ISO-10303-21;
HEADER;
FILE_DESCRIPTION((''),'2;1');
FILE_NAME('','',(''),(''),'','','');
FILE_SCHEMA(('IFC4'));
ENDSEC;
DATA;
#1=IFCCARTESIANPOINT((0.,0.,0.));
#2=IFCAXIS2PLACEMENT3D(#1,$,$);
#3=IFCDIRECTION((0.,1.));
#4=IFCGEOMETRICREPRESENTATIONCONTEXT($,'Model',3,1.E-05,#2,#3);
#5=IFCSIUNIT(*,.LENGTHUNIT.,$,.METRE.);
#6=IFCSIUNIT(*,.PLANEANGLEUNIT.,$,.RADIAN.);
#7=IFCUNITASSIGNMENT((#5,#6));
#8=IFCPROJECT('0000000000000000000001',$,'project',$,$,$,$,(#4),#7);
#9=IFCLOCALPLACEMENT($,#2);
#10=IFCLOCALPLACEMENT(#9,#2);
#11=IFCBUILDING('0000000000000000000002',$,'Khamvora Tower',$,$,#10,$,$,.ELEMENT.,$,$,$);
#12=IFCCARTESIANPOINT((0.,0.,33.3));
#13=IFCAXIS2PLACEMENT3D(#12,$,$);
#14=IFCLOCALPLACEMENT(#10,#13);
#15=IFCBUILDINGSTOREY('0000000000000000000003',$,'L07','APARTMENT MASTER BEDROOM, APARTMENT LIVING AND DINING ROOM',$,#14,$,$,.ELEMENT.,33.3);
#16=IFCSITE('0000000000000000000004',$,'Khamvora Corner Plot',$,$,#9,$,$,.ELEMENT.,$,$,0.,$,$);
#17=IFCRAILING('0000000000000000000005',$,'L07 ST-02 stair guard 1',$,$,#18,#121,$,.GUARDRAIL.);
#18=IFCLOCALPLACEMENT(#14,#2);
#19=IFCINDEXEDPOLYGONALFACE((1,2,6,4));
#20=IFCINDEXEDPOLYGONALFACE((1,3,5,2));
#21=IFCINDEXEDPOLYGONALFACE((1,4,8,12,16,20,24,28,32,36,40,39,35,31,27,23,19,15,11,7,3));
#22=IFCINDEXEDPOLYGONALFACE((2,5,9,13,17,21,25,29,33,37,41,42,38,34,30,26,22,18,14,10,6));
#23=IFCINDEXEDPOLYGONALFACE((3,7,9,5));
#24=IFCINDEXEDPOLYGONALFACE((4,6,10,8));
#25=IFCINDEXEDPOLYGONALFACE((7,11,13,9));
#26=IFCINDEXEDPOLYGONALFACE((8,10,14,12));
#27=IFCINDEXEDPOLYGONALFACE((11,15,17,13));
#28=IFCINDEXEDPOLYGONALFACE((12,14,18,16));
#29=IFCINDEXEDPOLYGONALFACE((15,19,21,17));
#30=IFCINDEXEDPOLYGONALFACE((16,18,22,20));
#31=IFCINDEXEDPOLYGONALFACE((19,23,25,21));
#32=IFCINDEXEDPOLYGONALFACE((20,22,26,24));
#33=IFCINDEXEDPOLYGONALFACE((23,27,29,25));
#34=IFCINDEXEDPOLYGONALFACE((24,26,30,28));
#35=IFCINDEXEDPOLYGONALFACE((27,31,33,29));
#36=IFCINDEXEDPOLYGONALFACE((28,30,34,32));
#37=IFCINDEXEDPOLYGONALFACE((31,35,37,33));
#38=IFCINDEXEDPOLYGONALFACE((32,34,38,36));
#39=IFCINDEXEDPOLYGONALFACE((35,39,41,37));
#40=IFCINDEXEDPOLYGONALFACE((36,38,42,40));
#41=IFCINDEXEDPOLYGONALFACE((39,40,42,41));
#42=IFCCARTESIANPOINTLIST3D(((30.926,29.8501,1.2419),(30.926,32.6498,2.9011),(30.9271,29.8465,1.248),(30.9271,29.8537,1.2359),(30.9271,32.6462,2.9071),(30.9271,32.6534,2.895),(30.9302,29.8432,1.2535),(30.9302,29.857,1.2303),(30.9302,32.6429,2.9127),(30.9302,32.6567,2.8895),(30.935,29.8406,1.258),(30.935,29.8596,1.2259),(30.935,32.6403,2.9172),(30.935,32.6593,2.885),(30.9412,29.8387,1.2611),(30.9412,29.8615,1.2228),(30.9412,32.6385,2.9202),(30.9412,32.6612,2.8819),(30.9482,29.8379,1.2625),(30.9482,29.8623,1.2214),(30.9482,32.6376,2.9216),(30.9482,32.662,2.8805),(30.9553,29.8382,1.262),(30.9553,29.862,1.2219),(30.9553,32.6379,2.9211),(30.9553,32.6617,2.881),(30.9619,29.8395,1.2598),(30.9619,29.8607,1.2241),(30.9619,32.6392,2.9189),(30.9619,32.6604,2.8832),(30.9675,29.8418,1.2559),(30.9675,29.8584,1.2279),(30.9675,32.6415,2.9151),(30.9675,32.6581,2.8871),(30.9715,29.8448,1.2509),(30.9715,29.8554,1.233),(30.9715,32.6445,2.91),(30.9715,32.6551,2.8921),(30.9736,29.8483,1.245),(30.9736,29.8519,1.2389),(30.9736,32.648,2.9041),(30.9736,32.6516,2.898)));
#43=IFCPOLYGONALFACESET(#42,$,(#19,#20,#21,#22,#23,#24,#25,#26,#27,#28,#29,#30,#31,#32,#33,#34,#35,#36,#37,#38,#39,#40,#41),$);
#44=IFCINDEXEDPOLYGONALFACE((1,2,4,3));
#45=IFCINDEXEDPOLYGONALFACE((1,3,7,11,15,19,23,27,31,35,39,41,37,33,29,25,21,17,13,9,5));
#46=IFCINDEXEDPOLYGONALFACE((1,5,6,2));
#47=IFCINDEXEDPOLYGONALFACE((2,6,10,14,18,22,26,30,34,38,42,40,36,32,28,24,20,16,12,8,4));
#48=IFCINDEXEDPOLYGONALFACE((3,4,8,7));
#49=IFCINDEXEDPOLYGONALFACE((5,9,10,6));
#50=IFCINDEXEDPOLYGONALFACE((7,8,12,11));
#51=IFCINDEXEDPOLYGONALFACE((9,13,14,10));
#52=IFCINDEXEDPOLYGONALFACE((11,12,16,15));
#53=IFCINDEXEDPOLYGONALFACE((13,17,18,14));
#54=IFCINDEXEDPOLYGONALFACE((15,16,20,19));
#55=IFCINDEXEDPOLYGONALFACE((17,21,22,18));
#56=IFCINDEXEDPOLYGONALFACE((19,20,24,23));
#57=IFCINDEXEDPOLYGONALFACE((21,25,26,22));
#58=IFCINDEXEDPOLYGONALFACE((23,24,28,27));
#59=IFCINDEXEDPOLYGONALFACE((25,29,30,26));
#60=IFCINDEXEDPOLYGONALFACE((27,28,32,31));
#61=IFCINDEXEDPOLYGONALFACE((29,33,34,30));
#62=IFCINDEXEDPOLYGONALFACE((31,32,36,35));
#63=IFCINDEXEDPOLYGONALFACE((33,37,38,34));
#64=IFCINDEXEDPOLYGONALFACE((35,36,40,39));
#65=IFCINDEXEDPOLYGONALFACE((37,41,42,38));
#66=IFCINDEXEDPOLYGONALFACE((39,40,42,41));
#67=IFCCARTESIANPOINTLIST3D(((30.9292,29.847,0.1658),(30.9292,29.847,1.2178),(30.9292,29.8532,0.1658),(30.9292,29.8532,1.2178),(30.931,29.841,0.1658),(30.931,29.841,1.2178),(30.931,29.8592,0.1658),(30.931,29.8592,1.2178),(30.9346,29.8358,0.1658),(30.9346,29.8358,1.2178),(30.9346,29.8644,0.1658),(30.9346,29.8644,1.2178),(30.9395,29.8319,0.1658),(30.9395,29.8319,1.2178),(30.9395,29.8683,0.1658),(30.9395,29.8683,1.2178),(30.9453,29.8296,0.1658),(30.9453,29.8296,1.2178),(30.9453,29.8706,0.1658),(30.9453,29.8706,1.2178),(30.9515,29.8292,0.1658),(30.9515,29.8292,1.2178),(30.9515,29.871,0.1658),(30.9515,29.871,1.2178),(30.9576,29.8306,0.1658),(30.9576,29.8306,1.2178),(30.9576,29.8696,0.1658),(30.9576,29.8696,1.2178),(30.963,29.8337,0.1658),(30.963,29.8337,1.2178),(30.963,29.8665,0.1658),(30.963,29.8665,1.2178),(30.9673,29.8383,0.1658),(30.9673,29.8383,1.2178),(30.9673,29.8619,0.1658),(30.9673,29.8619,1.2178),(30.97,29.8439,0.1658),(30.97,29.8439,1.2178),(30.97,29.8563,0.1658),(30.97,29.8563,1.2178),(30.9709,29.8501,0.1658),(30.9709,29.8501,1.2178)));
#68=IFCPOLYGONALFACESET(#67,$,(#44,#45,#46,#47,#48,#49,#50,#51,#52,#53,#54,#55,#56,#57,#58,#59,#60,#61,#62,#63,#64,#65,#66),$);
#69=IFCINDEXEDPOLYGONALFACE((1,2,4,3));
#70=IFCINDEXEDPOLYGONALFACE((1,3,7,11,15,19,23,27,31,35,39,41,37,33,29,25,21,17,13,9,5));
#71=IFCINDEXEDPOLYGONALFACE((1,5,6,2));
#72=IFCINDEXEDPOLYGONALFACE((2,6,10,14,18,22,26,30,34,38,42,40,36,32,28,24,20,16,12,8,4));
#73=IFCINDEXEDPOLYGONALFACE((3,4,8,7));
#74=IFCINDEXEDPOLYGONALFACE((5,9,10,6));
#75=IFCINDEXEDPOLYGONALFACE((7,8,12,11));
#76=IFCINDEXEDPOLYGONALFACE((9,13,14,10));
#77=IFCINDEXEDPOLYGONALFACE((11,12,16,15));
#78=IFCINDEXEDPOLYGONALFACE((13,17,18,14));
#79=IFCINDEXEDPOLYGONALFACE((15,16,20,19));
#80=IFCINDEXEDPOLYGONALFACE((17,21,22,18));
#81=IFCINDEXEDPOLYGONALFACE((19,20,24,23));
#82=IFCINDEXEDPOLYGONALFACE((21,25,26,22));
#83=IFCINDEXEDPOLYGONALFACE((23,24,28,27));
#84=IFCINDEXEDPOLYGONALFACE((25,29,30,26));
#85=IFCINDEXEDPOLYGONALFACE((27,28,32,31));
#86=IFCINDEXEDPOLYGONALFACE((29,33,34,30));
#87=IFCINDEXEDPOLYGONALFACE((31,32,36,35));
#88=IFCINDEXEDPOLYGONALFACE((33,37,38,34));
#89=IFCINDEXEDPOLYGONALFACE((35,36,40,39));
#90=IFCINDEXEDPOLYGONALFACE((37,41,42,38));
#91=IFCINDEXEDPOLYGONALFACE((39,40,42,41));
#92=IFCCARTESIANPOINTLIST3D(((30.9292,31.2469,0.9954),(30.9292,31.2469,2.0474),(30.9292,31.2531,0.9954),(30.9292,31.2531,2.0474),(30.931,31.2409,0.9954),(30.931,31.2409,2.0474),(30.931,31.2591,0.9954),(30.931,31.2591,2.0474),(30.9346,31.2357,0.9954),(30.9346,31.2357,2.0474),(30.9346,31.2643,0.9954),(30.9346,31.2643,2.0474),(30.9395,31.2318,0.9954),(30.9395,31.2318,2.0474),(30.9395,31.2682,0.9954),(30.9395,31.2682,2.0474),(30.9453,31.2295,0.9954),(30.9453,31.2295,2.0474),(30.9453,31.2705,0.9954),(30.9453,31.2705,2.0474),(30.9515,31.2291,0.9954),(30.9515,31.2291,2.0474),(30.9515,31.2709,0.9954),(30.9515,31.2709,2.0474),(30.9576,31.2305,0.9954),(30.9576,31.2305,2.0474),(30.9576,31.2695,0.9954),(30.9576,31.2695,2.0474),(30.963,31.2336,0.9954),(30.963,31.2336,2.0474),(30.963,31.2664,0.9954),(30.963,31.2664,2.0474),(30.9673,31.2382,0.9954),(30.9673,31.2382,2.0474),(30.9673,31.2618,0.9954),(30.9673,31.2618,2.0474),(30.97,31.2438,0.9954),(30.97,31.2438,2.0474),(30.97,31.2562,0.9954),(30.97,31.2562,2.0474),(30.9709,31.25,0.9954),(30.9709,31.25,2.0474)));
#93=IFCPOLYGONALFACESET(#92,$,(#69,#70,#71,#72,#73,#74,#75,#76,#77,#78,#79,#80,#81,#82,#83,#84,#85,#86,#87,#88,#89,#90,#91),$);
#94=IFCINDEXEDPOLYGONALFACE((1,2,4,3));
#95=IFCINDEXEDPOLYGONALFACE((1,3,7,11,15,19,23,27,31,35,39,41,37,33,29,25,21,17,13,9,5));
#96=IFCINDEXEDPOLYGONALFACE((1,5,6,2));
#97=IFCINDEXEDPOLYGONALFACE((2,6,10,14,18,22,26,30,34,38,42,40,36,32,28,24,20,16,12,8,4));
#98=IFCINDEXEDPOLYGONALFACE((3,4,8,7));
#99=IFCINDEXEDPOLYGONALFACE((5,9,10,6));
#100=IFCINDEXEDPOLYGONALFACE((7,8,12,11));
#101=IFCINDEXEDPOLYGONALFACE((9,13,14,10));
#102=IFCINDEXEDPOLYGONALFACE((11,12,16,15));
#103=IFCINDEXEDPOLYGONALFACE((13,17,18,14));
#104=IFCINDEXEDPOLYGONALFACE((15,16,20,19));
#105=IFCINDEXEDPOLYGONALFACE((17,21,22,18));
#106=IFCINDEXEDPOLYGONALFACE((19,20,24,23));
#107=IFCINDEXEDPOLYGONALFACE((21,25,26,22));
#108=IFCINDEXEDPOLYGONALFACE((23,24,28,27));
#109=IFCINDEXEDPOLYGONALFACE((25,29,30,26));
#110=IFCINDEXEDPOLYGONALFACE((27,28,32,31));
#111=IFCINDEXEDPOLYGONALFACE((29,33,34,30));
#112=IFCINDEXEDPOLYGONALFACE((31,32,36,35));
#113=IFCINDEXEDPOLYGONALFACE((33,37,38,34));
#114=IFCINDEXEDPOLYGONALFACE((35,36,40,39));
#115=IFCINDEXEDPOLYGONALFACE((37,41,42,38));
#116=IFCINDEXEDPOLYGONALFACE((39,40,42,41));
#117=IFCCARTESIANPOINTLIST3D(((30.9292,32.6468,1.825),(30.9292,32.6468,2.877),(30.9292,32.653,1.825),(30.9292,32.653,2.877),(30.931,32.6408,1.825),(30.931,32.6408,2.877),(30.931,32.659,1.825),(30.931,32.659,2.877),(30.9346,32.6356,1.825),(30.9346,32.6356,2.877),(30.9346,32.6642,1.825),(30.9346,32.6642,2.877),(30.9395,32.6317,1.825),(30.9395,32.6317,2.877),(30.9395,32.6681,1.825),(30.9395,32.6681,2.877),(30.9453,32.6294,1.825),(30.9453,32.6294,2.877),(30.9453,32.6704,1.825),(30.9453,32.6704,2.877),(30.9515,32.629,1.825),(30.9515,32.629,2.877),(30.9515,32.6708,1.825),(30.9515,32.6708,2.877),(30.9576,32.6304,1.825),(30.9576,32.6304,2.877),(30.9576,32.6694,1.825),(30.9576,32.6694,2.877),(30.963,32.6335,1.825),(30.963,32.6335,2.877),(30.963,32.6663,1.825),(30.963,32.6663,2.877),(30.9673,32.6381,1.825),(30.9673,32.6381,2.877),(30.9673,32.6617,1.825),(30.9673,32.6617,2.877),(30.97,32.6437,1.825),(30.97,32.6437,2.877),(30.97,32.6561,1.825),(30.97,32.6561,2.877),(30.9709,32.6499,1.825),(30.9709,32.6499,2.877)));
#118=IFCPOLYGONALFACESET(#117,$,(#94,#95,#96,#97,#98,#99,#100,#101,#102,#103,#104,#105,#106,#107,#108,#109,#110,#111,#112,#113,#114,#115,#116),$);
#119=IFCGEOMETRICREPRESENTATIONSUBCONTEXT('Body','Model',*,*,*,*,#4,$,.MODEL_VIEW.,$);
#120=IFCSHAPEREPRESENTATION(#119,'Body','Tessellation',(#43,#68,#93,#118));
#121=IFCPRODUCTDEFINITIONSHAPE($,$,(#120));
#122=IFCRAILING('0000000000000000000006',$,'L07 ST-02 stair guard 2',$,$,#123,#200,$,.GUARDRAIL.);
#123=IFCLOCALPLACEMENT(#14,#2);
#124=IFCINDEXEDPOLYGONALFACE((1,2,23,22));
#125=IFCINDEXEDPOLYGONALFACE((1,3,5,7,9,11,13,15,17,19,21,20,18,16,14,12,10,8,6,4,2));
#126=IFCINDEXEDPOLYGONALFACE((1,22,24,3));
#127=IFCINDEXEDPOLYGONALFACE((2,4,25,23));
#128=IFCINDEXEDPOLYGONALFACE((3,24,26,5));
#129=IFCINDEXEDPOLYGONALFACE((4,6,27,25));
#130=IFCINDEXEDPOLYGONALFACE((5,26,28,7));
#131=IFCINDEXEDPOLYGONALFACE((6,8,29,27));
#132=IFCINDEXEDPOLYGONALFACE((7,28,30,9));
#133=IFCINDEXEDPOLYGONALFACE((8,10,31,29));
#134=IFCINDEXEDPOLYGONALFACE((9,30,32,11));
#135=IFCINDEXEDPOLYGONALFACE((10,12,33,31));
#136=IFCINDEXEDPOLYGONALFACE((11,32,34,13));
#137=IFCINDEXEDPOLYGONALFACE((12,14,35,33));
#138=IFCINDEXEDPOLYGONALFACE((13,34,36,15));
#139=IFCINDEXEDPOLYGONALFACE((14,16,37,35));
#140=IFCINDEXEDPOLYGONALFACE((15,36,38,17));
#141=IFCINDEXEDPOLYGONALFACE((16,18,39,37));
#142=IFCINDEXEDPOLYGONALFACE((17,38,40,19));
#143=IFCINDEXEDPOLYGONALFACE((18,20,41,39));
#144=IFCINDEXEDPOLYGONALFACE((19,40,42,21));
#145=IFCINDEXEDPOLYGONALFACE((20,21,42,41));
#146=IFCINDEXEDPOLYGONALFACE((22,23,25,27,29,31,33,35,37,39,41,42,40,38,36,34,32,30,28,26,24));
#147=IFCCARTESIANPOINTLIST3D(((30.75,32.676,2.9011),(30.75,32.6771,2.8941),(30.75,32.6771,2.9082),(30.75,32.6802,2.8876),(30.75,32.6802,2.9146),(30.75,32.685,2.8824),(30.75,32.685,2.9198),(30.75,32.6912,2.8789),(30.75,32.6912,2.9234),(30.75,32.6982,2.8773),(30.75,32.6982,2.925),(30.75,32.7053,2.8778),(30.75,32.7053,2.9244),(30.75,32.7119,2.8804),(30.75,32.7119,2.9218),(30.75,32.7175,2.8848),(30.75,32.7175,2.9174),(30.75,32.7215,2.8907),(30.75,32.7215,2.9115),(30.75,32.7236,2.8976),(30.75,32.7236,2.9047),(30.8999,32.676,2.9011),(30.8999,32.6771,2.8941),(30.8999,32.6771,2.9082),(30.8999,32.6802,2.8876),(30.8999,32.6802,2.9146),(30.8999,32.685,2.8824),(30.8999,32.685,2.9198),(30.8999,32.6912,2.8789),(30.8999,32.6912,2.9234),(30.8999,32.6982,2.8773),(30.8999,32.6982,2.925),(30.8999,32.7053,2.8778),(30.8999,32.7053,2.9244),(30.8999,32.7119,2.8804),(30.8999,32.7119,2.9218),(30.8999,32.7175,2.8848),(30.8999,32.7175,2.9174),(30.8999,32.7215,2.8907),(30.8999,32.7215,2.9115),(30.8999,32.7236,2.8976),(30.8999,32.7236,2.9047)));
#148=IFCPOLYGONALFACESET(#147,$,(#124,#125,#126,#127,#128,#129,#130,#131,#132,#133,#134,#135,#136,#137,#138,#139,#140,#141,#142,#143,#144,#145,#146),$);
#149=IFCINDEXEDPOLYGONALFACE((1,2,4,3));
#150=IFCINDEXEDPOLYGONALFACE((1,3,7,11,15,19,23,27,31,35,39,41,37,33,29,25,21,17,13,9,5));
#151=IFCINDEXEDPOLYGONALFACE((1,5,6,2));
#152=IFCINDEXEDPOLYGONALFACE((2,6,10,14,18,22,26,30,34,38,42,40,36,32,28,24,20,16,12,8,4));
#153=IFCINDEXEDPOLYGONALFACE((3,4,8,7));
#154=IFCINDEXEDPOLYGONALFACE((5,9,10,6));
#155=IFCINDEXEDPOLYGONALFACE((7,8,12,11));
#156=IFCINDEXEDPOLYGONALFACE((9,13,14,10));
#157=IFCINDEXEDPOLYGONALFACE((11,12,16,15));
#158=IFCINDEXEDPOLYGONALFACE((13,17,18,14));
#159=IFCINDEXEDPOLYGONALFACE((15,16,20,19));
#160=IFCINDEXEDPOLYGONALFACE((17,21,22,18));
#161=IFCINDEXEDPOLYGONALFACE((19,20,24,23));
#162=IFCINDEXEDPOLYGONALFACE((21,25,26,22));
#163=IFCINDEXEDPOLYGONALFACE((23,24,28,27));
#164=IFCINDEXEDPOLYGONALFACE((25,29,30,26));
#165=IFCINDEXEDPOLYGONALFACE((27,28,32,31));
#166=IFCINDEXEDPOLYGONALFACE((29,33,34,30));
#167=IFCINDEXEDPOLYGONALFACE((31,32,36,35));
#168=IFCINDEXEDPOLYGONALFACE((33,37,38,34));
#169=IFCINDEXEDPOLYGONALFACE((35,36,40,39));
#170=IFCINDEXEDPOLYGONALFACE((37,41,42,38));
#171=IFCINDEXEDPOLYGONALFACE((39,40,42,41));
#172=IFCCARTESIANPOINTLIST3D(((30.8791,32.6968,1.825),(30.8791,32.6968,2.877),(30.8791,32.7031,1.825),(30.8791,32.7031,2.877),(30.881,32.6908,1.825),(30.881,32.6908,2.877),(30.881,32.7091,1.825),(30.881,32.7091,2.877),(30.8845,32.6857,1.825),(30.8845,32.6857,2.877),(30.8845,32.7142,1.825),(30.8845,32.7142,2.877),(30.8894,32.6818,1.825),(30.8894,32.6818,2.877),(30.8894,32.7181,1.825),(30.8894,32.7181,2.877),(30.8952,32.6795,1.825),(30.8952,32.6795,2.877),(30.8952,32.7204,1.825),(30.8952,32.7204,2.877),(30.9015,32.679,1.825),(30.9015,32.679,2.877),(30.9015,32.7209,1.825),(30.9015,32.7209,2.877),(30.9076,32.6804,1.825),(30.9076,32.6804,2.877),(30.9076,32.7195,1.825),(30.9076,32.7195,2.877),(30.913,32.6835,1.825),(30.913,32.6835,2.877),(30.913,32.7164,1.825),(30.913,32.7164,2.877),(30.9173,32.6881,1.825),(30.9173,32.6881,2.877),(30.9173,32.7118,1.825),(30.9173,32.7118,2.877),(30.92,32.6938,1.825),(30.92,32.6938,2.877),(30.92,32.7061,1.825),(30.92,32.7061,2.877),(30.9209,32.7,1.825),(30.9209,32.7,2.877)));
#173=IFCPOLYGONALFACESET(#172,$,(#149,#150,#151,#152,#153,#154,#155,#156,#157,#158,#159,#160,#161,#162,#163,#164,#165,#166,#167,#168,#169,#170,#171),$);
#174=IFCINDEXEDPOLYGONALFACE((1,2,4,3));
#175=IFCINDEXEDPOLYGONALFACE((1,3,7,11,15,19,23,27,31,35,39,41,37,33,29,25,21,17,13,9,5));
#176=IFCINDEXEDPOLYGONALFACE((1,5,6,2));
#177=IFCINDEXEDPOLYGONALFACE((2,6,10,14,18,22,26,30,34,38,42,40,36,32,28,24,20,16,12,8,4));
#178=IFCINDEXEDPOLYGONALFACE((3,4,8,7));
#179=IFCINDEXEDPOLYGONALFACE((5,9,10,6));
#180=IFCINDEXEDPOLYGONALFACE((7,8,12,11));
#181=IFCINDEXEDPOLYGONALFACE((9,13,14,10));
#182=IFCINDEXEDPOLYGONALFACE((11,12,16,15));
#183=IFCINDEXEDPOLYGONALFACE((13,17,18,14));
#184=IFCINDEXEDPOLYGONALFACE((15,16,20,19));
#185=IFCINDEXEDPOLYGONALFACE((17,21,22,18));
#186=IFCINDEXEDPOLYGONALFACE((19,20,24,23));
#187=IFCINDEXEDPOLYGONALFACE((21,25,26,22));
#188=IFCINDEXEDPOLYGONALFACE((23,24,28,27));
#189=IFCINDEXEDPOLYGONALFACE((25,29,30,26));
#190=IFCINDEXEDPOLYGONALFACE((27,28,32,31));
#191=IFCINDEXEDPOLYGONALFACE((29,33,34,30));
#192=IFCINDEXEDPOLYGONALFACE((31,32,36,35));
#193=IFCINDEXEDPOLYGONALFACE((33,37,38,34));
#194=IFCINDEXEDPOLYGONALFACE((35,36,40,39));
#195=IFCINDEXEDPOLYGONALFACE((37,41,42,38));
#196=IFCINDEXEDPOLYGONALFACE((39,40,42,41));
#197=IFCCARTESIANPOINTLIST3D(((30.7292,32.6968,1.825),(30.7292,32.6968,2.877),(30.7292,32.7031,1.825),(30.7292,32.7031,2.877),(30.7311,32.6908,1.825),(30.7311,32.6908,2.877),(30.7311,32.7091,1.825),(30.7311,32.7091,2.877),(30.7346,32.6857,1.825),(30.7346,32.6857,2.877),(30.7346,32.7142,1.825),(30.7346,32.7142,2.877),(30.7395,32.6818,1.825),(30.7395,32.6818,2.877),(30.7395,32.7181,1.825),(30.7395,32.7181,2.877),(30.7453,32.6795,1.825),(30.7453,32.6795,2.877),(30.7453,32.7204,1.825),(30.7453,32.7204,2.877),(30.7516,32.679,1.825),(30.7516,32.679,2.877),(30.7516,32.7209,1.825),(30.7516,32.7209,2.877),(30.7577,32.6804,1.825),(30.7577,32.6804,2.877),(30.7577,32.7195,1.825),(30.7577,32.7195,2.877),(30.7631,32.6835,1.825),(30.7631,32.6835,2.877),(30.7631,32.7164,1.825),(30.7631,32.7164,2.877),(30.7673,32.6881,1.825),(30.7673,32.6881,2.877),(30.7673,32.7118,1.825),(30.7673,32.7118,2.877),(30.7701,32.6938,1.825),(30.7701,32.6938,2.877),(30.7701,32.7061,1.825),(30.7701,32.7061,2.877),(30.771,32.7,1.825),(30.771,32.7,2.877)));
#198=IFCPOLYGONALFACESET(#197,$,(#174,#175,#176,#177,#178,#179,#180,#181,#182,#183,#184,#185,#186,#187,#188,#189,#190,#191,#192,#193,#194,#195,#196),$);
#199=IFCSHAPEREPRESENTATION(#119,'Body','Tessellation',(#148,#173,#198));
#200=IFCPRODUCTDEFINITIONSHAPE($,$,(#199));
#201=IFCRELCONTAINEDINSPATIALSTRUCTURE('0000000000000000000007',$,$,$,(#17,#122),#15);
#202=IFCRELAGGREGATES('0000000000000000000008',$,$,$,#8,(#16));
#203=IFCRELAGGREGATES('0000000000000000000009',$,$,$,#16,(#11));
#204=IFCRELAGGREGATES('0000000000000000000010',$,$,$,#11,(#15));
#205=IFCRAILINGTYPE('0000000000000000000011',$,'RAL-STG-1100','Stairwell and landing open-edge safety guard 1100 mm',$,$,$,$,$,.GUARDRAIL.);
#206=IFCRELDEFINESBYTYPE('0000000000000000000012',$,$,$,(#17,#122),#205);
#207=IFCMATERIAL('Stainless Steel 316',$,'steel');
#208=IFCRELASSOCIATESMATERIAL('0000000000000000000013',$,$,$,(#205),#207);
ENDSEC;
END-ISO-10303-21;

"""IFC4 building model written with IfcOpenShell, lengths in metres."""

from ifc_helpers import new_model, si_unit, direction, frame, origin, origin_2d, place, context, subcontext, project, spatial, circle, extrude, material, type_object, element, save


model = new_model("IFC4")

# Units and contexts
model_context = context("Model", 3, precision=1e-05, world=origin(), true_north=direction((0.0, 1.0)))
body_context = subcontext(model_context, "Body", "Model", "MODEL_VIEW")
ifc_project = project(units=[si_unit("LENGTHUNIT", "METRE"), si_unit("PLANEANGLEUNIT", "RADIAN")], contexts=[model_context])

# Site, building, storey
site_placement = place(None, origin())
site = spatial("IfcSite", under=ifc_project, at=site_placement, Name="Khamvora Corner Plot", CompositionType="ELEMENT", RefElevation=0.0)
building_placement = place(site_placement, origin())
building = spatial("IfcBuilding", under=site, at=building_placement, Name="Khamvora Tower", CompositionType="ELEMENT")
storey_placement = place(building_placement, frame((0.0, 0.0, 33.3)))
storey = spatial("IfcBuildingStorey", under=building, at=storey_placement, Name="L07", Description="APARTMENT MASTER BEDROOM, APARTMENT LIVING AND DINING ROOM", CompositionType="ELEMENT", Elevation=33.3)

# Railings
ifc_material_1 = material(Name="Stainless Steel 316", Category="steel")
railing_type_1 = type_object("IfcRailingType", Name="RAL-STG-1100", Description="Stairwell and landing open-edge safety guard 1100 mm", PredefinedType="GUARDRAIL", material=ifc_material_1)
railing_1_placement = place(storey_placement, frame((30.95, 29.8501, 0.1658)))
element("IfcRailing", 1, at=railing_1_placement, inside=storey, type_object=railing_type_1, Name="L07 ST-02 stair guard 1", PredefinedType="GUARDRAIL", context=body_context, shape_type="SweptSolid", body=[
    extrude(circle(Radius=0.0239, at=origin_2d()), frame((0.0, 0.0, 1.0762), z_axis=(0.0, 0.860287, 0.509811), x_axis=(-1.0, 0.0, 0.0)), (0.0, 0.0, 1.0), 3.2544),
    extrude(circle(Radius=0.021, at=origin_2d()), origin(), (0.0, 0.0, 1.0), 1.052),
    extrude(circle(Radius=0.021, at=origin_2d()), frame((0.0, 1.3999, 0.8296)), (0.0, 0.0, 1.0), 1.052),
    extrude(circle(Radius=0.021, at=origin_2d()), frame((0.0, 2.7998, 1.6592)), (0.0, 0.0, 1.0), 1.052),
])
railing_2_placement = place(storey_placement, frame((30.8999, 32.7, 1.825)))
element("IfcRailing", 2, at=railing_2_placement, inside=storey, type_object=railing_type_1, Name="L07 ST-02 stair guard 2", PredefinedType="GUARDRAIL", context=body_context, shape_type="SweptSolid", body=[
    extrude(circle(Radius=0.0239, at=origin_2d()), frame((0.0, 0.0, 1.0762), z_axis=(-1.0, 0.0, 0.0), x_axis=(0.0, -1.0, 0.0)), (0.0, 0.0, 1.0), 0.1499),
    extrude(circle(Radius=0.021, at=origin_2d()), origin(), (0.0, 0.0, 1.0), 1.052),
    extrude(circle(Radius=0.021, at=origin_2d()), frame((-0.1499, 0.0, 0.0)), (0.0, 0.0, 1.0), 1.052),
])

save(model, "model.ifc")
